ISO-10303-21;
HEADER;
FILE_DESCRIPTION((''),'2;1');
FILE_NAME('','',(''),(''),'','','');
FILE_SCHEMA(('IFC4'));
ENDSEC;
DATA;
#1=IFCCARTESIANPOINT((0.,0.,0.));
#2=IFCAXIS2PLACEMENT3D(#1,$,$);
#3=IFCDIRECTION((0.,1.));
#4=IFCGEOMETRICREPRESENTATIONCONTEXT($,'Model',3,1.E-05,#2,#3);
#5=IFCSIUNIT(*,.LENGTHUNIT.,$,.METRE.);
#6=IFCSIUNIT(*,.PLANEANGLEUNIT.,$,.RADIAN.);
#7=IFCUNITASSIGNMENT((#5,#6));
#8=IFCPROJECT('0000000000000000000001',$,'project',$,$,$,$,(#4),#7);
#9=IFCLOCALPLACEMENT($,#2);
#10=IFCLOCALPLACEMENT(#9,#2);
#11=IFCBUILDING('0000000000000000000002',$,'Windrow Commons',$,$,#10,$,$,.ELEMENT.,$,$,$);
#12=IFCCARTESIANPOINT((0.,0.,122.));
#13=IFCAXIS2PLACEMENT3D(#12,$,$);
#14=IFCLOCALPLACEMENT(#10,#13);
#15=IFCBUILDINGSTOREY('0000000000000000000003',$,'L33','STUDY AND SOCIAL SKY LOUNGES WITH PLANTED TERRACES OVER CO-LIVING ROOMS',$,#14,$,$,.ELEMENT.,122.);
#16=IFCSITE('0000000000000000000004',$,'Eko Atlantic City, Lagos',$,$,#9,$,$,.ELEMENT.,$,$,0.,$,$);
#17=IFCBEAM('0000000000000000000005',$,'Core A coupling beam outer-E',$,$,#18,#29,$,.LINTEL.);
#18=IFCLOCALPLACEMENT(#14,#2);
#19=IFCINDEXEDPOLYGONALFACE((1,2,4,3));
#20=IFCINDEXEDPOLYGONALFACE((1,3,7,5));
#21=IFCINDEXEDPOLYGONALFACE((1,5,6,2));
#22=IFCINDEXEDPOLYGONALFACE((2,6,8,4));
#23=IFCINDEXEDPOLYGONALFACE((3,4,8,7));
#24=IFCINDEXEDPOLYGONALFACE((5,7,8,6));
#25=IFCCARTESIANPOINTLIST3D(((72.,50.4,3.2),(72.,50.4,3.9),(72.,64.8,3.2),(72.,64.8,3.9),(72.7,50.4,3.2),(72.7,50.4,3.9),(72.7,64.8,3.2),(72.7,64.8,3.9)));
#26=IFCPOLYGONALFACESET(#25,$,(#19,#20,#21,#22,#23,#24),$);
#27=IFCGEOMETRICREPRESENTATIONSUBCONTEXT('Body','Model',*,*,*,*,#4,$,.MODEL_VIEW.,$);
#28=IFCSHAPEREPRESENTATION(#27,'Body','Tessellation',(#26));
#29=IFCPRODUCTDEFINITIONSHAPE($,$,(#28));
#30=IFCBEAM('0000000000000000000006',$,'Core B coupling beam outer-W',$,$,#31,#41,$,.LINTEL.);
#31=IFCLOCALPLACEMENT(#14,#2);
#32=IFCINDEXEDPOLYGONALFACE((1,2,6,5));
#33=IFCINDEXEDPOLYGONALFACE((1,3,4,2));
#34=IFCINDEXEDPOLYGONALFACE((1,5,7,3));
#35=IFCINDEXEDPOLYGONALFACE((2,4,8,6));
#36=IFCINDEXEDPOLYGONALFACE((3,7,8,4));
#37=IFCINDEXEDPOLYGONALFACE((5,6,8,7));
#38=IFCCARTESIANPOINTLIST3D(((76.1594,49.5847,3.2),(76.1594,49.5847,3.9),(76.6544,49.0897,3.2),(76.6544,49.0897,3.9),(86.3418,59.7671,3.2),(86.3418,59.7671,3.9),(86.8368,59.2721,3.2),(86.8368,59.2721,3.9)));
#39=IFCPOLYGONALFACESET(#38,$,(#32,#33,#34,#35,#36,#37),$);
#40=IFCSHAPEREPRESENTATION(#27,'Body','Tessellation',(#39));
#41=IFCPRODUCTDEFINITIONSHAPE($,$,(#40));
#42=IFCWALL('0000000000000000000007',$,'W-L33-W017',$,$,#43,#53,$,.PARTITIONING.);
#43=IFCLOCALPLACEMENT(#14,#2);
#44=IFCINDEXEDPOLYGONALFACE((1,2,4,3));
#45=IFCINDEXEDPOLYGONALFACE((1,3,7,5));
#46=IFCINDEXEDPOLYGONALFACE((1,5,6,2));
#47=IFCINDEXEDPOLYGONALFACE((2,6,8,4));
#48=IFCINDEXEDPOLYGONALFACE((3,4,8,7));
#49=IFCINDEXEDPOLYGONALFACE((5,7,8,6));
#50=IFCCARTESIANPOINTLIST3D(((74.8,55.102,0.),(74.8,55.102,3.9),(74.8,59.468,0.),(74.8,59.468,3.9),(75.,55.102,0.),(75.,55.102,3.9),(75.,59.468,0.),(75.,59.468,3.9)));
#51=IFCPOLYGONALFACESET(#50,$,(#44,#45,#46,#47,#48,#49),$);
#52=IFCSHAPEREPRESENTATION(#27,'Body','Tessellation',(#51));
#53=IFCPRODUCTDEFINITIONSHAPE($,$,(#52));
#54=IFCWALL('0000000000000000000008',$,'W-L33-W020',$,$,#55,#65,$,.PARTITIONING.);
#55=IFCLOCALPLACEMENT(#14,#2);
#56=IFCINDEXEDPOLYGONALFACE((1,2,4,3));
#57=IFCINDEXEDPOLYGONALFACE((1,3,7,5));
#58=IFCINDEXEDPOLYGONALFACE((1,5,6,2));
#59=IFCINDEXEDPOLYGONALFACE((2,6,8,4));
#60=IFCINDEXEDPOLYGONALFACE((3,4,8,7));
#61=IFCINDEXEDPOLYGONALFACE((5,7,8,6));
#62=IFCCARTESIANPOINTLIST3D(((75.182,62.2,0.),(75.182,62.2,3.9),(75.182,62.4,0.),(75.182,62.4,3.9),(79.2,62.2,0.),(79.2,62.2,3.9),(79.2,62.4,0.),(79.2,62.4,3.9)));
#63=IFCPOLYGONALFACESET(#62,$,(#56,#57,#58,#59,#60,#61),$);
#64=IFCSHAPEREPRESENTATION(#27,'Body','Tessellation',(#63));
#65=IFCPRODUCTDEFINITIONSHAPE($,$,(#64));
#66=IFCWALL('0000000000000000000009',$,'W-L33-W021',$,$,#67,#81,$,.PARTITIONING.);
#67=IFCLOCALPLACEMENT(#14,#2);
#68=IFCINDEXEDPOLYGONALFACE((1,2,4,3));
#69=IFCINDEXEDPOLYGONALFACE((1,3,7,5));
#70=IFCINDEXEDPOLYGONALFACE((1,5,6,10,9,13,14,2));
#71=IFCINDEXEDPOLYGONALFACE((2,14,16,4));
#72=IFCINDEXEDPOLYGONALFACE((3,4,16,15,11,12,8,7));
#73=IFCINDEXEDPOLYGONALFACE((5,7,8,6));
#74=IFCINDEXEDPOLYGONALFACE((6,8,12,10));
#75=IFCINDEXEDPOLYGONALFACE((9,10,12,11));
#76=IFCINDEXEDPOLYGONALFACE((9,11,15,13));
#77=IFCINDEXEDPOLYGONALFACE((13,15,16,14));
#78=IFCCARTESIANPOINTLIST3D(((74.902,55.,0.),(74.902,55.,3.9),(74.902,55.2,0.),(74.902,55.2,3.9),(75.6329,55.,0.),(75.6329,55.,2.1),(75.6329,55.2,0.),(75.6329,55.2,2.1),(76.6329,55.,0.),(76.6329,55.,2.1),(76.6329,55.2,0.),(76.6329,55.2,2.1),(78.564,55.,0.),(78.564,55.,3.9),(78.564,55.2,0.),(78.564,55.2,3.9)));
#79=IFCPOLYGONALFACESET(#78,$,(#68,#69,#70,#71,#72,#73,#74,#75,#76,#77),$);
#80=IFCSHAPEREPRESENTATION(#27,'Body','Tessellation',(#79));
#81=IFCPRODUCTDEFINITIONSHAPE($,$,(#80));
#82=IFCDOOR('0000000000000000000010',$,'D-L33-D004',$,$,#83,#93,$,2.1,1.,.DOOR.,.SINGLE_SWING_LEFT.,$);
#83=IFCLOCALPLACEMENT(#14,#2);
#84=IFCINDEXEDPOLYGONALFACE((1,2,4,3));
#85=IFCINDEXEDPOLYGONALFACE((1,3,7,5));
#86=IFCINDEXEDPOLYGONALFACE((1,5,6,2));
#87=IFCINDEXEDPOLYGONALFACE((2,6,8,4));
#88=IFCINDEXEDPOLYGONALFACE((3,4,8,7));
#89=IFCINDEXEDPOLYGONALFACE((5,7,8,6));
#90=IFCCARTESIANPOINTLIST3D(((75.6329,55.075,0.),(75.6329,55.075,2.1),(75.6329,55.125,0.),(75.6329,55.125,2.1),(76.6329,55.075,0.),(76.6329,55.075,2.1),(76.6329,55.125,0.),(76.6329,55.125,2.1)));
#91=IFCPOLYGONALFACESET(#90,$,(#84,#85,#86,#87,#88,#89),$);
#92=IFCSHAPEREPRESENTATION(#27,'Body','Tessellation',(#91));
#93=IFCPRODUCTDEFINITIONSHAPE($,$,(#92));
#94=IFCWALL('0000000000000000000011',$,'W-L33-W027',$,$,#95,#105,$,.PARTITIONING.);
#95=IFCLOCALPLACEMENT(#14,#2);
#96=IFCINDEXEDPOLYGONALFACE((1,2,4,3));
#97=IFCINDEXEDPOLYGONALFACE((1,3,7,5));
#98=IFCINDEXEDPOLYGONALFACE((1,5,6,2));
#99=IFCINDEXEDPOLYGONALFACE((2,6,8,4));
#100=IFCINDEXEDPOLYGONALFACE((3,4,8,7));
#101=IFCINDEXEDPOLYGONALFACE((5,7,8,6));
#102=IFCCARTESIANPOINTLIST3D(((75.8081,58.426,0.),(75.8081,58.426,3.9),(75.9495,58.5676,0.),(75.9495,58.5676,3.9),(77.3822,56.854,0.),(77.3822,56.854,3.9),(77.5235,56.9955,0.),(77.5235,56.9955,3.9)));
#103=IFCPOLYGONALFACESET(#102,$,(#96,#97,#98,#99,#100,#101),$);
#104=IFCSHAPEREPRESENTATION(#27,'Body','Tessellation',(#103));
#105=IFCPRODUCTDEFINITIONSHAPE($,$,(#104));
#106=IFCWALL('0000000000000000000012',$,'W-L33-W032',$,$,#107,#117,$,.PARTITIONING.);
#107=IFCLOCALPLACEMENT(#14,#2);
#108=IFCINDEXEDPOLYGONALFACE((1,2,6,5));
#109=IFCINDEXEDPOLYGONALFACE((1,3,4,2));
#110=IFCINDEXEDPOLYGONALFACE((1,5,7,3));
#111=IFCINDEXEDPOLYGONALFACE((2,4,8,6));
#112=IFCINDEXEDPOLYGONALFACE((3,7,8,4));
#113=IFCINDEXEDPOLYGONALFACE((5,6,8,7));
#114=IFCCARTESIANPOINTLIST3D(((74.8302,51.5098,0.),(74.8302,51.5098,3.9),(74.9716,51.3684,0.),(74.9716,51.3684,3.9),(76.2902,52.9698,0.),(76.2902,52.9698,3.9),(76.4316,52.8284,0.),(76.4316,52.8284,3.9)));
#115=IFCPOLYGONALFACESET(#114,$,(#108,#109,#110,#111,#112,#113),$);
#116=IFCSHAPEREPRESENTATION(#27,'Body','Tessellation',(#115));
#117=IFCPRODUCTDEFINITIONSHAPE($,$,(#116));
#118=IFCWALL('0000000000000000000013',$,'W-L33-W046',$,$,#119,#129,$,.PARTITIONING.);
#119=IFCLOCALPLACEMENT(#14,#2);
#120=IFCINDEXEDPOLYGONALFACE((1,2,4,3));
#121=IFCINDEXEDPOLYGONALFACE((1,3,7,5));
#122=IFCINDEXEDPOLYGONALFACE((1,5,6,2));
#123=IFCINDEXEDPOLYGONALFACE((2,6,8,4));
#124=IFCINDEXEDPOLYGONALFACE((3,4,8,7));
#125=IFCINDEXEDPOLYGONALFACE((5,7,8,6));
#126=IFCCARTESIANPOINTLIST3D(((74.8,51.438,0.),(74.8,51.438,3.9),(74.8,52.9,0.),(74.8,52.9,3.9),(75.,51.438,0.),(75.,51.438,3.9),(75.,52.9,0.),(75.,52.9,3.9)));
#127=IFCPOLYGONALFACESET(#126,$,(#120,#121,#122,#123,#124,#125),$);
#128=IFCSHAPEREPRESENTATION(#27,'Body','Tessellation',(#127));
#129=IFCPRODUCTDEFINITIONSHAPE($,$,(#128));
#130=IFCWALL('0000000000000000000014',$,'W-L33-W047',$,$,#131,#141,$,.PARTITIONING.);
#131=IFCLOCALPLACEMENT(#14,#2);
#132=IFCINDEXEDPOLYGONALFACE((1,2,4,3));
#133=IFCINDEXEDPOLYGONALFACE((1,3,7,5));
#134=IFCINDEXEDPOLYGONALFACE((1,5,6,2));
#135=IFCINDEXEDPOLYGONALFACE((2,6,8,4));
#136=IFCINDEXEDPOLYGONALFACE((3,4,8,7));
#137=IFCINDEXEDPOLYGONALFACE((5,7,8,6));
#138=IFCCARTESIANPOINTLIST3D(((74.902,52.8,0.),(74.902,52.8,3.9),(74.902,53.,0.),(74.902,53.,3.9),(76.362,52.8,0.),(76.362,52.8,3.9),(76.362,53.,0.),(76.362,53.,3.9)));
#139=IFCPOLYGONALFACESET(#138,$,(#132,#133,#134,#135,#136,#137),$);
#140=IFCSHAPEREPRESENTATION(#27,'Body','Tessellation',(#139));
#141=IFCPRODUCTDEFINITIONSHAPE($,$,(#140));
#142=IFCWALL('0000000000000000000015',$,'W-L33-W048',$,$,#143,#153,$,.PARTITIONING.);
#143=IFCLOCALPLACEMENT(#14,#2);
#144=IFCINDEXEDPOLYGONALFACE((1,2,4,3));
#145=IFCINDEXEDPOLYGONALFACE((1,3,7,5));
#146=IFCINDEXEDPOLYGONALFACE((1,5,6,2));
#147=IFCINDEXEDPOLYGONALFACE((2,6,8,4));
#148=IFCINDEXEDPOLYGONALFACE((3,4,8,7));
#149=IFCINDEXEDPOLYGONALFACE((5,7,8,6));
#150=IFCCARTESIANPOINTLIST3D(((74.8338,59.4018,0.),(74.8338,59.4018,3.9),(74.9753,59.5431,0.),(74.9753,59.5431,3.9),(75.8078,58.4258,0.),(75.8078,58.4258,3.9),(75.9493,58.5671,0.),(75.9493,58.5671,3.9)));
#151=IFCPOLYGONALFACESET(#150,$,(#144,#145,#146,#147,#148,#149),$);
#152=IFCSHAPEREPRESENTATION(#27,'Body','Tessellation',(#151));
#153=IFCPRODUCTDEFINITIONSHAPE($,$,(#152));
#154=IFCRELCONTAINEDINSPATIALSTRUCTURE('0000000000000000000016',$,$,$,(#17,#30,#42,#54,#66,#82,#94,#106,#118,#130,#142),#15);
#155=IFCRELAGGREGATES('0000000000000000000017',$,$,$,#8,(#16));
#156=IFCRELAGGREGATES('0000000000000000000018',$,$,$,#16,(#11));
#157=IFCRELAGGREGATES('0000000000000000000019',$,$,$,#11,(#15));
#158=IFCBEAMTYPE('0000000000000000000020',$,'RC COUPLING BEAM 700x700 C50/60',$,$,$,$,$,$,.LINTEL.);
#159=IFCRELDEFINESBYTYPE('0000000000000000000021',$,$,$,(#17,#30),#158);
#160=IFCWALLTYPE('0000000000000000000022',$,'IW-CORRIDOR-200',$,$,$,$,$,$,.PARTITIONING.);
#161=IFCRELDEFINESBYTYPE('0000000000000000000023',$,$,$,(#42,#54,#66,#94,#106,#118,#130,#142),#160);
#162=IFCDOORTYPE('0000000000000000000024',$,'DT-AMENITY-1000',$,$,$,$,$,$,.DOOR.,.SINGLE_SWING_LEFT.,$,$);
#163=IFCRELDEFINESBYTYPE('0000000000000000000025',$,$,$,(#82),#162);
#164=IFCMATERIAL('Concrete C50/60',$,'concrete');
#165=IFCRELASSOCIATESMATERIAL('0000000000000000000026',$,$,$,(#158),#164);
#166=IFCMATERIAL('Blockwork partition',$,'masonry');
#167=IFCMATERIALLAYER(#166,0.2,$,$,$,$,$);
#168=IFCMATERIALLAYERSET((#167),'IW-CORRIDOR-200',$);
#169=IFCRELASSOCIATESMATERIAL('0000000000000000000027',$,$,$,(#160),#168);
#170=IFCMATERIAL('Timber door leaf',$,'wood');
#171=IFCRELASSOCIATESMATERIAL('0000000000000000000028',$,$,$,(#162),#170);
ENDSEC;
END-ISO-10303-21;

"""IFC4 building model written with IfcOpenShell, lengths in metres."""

from ifc_helpers import new_model, si_unit, direction, frame, frame_2d, origin, origin_2d, place, context, subcontext, project, spatial, rectangle, extrude, material, layer, layer_set, material_profile, profile_set, type_object, element, fill, save


model = new_model("IFC4")

# Units and contexts
model_context = context("Model", 3, precision=1e-05, world=origin(), true_north=direction((0.0, 1.0)))
body_context = subcontext(model_context, "Body", "Model", "MODEL_VIEW")
ifc_project = project(units=[si_unit("LENGTHUNIT", "METRE"), si_unit("PLANEANGLEUNIT", "RADIAN")], contexts=[model_context])

# Site, building, storey
site_placement = place(None, origin())
site = spatial("IfcSite", under=ifc_project, at=site_placement, Name="Eko Atlantic City, Lagos", CompositionType="ELEMENT", RefElevation=0.0)
building_placement = place(site_placement, origin())
building = spatial("IfcBuilding", under=site, at=building_placement, Name="Windrow Commons", CompositionType="ELEMENT")
storey_placement = place(building_placement, frame((0.0, 0.0, 122.0)))
storey = spatial("IfcBuildingStorey", under=building, at=storey_placement, Name="L33", Description="STUDY AND SOCIAL SKY LOUNGES WITH PLANTED TERRACES OVER CO-LIVING ROOMS", CompositionType="ELEMENT", Elevation=122.0)

# Beams
ifc_material_1 = material(Name="Concrete C50/60", Category="concrete")
ifc_material_profile = material_profile(ifc_material_1, rectangle(XDim=0.7, YDim=0.7, at=origin_2d()))
ifc_profile_set = profile_set([ifc_material_profile], Name="Concrete C50/60")
beam_type = type_object("IfcBeamType", Name="RC COUPLING BEAM 700x700 C50/60", PredefinedType="LINTEL", material=ifc_profile_set)
beam_1_placement = place(storey_placement, frame((72.35, 50.4, 3.55), z_axis=(0.0, 1.0, 0.0), x_axis=(-1.0, 0.0, 0.0)))
element("IfcBeam", 1, at=beam_1_placement, inside=storey, type_object=beam_type, Name="Core A coupling beam outer-E", PredefinedType="LINTEL", context=body_context, shape_type="SweptSolid", body=[
    extrude(rectangle(XDim=0.7, YDim=0.7, at=origin_2d()), origin(), (0.0, 0.0, 1.0), 14.4),
])
beam_2_placement = place(storey_placement, frame((76.4069, 49.3372, 3.55), z_axis=(0.707107, 0.707107, 0.0), x_axis=(-0.707107, 0.707107, 0.0)))
element("IfcBeam", 2, at=beam_2_placement, inside=storey, type_object=beam_type, Name="Core B coupling beam outer-W", PredefinedType="LINTEL", context=body_context, shape_type="SweptSolid", body=[
    extrude(rectangle(XDim=0.7, YDim=0.7, at=origin_2d()), origin(), (0.0, 0.0, 1.0), 14.4001),
])

# Walls
ifc_material_2 = material(Name="Blockwork partition", Category="masonry")
ifc_layer_1 = layer(ifc_material_2, 0.2)
ifc_layer_set_1 = layer_set([ifc_layer_1], Name="IW-CORRIDOR-200")
wall_type_1 = type_object("IfcWallType", Name="IW-CORRIDOR-200", PredefinedType="PARTITIONING", material=ifc_layer_set_1)
wall_1_placement = place(storey_placement, frame((74.9, 55.102, 0.0), z_axis=(0.0, 0.0, 1.0), x_axis=(0.0, 1.0, 0.0)))
element("IfcWall", 3, at=wall_1_placement, inside=storey, type_object=wall_type_1, Name="W-L33-W017", PredefinedType="PARTITIONING", context=body_context, shape_type="SweptSolid", body=[
    extrude(rectangle(XDim=4.366, YDim=0.2, at=frame_2d((2.183, 0.0))), origin(), (0.0, 0.0, 1.0), 3.9),
])
wall_2_placement = place(storey_placement, frame((75.182, 62.3, 0.0), z_axis=(0.0, 0.0, 1.0), x_axis=(1.0, 0.0, 0.0)))
element("IfcWall", 4, at=wall_2_placement, inside=storey, type_object=wall_type_1, Name="W-L33-W020", PredefinedType="PARTITIONING", context=body_context, shape_type="SweptSolid", body=[
    extrude(rectangle(XDim=4.018, YDim=0.2, at=frame_2d((2.009, 0.0))), origin(), (0.0, 0.0, 1.0), 3.9),
])

# Wall, opening, door
wall_3_placement = place(storey_placement, frame((74.902, 55.1, 0.0), z_axis=(0.0, 0.0, 1.0), x_axis=(1.0, 0.0, 0.0)))
wall_3 = element("IfcWall", 5, at=wall_3_placement, inside=storey, type_object=wall_type_1, Name="W-L33-W021", PredefinedType="PARTITIONING", context=body_context, shape_type="SweptSolid", body=[
    extrude(rectangle(XDim=3.662, YDim=0.2, at=frame_2d((1.831, 0.0))), origin(), (0.0, 0.0, 1.0), 3.9),
])
opening_1_placement = place(wall_3_placement, frame((0.7309, 0.0, 0.0)))
opening_1 = element("IfcOpeningElement", 6, at=opening_1_placement, cuts=wall_3, PredefinedType="OPENING", context=body_context, shape_type="SweptSolid", body=[
    extrude(rectangle(XDim=1.0, YDim=2.1, at=frame_2d((0.5, 1.05))), frame((0.0, 0.11, 0.0), z_axis=(0.0, -1.0, 0.0), x_axis=(1.0, 0.0, 0.0)), (0.0, 0.0, 1.0), 0.22),
])
ifc_material_3 = material(Name="Timber door leaf", Category="wood")
door_type_1 = type_object("IfcDoorType", Name="DT-AMENITY-1000", OperationType="SINGLE_SWING_LEFT", PredefinedType="DOOR", material=ifc_material_3)
door_1_placement = place(opening_1_placement, origin())
door_1 = element("IfcDoor", 7, at=door_1_placement, inside=storey, type_object=door_type_1, Name="D-L33-D004", OperationType="SINGLE_SWING_LEFT", OverallHeight=2.1, OverallWidth=1.0, PredefinedType="DOOR", context=body_context, shape_type="SweptSolid", body=[
    extrude(rectangle(XDim=1.0, YDim=2.1, at=frame_2d((0.5, 1.05))), frame((0.0, 0.025, 0.0), z_axis=(0.0, -1.0, 0.0), x_axis=(1.0, 0.0, 0.0)), (0.0, 0.0, 1.0), 0.05),
])
fill(opening_1, door_1)

# Walls
wall_4_placement = place(storey_placement, frame((75.8788, 58.4968, 0.0), z_axis=(0.0, 0.0, 1.0), x_axis=(0.707556, -0.706657, 0.0)))
element("IfcWall", 8, at=wall_4_placement, inside=storey, type_object=wall_type_1, Name="W-L33-W027", PredefinedType="PARTITIONING", context=body_context, shape_type="SweptSolid", body=[
    extrude(rectangle(XDim=2.2246, YDim=0.2, at=frame_2d((1.1123, 0.0))), origin(), (0.0, 0.0, 1.0), 3.9),
])
wall_5_placement = place(storey_placement, frame((74.9009, 51.4391, 0.0), z_axis=(0.0, 0.0, 1.0), x_axis=(0.707107, 0.707107, 0.0)))
element("IfcWall", 9, at=wall_5_placement, inside=storey, type_object=wall_type_1, Name="W-L33-W032", PredefinedType="PARTITIONING", context=body_context, shape_type="SweptSolid", body=[
    extrude(rectangle(XDim=2.0648, YDim=0.2, at=frame_2d((1.0324, 0.0))), origin(), (0.0, 0.0, 1.0), 3.9),
])
wall_6_placement = place(storey_placement, frame((74.9, 51.438, 0.0), z_axis=(0.0, 0.0, 1.0), x_axis=(0.0, 1.0, 0.0)))
element("IfcWall", 10, at=wall_6_placement, inside=storey, type_object=wall_type_1, Name="W-L33-W046", PredefinedType="PARTITIONING", context=body_context, shape_type="SweptSolid", body=[
    extrude(rectangle(XDim=1.462, YDim=0.2, at=frame_2d((0.731, 0.0))), origin(), (0.0, 0.0, 1.0), 3.9),
])
wall_7_placement = place(storey_placement, frame((74.902, 52.9, 0.0), z_axis=(0.0, 0.0, 1.0), x_axis=(1.0, 0.0, 0.0)))
element("IfcWall", 11, at=wall_7_placement, inside=storey, type_object=wall_type_1, Name="W-L33-W047", PredefinedType="PARTITIONING", context=body_context, shape_type="SweptSolid", body=[
    extrude(rectangle(XDim=1.46, YDim=0.2, at=frame_2d((0.73, 0.0))), origin(), (0.0, 0.0, 1.0), 3.9),
])
wall_8_placement = place(storey_placement, frame((74.9045, 59.4725, 0.0), z_axis=(0.0, 0.0, 1.0), x_axis=(0.706381, -0.707832, 0.0)))
element("IfcWall", 12, at=wall_8_placement, inside=storey, type_object=wall_type_1, Name="W-L33-W048", PredefinedType="PARTITIONING", context=body_context, shape_type="SweptSolid", body=[
    extrude(rectangle(XDim=1.3789, YDim=0.2, at=frame_2d((0.6895, 0.0))), origin(), (0.0, 0.0, 1.0), 3.9),
])

save(model, "model.ifc")
